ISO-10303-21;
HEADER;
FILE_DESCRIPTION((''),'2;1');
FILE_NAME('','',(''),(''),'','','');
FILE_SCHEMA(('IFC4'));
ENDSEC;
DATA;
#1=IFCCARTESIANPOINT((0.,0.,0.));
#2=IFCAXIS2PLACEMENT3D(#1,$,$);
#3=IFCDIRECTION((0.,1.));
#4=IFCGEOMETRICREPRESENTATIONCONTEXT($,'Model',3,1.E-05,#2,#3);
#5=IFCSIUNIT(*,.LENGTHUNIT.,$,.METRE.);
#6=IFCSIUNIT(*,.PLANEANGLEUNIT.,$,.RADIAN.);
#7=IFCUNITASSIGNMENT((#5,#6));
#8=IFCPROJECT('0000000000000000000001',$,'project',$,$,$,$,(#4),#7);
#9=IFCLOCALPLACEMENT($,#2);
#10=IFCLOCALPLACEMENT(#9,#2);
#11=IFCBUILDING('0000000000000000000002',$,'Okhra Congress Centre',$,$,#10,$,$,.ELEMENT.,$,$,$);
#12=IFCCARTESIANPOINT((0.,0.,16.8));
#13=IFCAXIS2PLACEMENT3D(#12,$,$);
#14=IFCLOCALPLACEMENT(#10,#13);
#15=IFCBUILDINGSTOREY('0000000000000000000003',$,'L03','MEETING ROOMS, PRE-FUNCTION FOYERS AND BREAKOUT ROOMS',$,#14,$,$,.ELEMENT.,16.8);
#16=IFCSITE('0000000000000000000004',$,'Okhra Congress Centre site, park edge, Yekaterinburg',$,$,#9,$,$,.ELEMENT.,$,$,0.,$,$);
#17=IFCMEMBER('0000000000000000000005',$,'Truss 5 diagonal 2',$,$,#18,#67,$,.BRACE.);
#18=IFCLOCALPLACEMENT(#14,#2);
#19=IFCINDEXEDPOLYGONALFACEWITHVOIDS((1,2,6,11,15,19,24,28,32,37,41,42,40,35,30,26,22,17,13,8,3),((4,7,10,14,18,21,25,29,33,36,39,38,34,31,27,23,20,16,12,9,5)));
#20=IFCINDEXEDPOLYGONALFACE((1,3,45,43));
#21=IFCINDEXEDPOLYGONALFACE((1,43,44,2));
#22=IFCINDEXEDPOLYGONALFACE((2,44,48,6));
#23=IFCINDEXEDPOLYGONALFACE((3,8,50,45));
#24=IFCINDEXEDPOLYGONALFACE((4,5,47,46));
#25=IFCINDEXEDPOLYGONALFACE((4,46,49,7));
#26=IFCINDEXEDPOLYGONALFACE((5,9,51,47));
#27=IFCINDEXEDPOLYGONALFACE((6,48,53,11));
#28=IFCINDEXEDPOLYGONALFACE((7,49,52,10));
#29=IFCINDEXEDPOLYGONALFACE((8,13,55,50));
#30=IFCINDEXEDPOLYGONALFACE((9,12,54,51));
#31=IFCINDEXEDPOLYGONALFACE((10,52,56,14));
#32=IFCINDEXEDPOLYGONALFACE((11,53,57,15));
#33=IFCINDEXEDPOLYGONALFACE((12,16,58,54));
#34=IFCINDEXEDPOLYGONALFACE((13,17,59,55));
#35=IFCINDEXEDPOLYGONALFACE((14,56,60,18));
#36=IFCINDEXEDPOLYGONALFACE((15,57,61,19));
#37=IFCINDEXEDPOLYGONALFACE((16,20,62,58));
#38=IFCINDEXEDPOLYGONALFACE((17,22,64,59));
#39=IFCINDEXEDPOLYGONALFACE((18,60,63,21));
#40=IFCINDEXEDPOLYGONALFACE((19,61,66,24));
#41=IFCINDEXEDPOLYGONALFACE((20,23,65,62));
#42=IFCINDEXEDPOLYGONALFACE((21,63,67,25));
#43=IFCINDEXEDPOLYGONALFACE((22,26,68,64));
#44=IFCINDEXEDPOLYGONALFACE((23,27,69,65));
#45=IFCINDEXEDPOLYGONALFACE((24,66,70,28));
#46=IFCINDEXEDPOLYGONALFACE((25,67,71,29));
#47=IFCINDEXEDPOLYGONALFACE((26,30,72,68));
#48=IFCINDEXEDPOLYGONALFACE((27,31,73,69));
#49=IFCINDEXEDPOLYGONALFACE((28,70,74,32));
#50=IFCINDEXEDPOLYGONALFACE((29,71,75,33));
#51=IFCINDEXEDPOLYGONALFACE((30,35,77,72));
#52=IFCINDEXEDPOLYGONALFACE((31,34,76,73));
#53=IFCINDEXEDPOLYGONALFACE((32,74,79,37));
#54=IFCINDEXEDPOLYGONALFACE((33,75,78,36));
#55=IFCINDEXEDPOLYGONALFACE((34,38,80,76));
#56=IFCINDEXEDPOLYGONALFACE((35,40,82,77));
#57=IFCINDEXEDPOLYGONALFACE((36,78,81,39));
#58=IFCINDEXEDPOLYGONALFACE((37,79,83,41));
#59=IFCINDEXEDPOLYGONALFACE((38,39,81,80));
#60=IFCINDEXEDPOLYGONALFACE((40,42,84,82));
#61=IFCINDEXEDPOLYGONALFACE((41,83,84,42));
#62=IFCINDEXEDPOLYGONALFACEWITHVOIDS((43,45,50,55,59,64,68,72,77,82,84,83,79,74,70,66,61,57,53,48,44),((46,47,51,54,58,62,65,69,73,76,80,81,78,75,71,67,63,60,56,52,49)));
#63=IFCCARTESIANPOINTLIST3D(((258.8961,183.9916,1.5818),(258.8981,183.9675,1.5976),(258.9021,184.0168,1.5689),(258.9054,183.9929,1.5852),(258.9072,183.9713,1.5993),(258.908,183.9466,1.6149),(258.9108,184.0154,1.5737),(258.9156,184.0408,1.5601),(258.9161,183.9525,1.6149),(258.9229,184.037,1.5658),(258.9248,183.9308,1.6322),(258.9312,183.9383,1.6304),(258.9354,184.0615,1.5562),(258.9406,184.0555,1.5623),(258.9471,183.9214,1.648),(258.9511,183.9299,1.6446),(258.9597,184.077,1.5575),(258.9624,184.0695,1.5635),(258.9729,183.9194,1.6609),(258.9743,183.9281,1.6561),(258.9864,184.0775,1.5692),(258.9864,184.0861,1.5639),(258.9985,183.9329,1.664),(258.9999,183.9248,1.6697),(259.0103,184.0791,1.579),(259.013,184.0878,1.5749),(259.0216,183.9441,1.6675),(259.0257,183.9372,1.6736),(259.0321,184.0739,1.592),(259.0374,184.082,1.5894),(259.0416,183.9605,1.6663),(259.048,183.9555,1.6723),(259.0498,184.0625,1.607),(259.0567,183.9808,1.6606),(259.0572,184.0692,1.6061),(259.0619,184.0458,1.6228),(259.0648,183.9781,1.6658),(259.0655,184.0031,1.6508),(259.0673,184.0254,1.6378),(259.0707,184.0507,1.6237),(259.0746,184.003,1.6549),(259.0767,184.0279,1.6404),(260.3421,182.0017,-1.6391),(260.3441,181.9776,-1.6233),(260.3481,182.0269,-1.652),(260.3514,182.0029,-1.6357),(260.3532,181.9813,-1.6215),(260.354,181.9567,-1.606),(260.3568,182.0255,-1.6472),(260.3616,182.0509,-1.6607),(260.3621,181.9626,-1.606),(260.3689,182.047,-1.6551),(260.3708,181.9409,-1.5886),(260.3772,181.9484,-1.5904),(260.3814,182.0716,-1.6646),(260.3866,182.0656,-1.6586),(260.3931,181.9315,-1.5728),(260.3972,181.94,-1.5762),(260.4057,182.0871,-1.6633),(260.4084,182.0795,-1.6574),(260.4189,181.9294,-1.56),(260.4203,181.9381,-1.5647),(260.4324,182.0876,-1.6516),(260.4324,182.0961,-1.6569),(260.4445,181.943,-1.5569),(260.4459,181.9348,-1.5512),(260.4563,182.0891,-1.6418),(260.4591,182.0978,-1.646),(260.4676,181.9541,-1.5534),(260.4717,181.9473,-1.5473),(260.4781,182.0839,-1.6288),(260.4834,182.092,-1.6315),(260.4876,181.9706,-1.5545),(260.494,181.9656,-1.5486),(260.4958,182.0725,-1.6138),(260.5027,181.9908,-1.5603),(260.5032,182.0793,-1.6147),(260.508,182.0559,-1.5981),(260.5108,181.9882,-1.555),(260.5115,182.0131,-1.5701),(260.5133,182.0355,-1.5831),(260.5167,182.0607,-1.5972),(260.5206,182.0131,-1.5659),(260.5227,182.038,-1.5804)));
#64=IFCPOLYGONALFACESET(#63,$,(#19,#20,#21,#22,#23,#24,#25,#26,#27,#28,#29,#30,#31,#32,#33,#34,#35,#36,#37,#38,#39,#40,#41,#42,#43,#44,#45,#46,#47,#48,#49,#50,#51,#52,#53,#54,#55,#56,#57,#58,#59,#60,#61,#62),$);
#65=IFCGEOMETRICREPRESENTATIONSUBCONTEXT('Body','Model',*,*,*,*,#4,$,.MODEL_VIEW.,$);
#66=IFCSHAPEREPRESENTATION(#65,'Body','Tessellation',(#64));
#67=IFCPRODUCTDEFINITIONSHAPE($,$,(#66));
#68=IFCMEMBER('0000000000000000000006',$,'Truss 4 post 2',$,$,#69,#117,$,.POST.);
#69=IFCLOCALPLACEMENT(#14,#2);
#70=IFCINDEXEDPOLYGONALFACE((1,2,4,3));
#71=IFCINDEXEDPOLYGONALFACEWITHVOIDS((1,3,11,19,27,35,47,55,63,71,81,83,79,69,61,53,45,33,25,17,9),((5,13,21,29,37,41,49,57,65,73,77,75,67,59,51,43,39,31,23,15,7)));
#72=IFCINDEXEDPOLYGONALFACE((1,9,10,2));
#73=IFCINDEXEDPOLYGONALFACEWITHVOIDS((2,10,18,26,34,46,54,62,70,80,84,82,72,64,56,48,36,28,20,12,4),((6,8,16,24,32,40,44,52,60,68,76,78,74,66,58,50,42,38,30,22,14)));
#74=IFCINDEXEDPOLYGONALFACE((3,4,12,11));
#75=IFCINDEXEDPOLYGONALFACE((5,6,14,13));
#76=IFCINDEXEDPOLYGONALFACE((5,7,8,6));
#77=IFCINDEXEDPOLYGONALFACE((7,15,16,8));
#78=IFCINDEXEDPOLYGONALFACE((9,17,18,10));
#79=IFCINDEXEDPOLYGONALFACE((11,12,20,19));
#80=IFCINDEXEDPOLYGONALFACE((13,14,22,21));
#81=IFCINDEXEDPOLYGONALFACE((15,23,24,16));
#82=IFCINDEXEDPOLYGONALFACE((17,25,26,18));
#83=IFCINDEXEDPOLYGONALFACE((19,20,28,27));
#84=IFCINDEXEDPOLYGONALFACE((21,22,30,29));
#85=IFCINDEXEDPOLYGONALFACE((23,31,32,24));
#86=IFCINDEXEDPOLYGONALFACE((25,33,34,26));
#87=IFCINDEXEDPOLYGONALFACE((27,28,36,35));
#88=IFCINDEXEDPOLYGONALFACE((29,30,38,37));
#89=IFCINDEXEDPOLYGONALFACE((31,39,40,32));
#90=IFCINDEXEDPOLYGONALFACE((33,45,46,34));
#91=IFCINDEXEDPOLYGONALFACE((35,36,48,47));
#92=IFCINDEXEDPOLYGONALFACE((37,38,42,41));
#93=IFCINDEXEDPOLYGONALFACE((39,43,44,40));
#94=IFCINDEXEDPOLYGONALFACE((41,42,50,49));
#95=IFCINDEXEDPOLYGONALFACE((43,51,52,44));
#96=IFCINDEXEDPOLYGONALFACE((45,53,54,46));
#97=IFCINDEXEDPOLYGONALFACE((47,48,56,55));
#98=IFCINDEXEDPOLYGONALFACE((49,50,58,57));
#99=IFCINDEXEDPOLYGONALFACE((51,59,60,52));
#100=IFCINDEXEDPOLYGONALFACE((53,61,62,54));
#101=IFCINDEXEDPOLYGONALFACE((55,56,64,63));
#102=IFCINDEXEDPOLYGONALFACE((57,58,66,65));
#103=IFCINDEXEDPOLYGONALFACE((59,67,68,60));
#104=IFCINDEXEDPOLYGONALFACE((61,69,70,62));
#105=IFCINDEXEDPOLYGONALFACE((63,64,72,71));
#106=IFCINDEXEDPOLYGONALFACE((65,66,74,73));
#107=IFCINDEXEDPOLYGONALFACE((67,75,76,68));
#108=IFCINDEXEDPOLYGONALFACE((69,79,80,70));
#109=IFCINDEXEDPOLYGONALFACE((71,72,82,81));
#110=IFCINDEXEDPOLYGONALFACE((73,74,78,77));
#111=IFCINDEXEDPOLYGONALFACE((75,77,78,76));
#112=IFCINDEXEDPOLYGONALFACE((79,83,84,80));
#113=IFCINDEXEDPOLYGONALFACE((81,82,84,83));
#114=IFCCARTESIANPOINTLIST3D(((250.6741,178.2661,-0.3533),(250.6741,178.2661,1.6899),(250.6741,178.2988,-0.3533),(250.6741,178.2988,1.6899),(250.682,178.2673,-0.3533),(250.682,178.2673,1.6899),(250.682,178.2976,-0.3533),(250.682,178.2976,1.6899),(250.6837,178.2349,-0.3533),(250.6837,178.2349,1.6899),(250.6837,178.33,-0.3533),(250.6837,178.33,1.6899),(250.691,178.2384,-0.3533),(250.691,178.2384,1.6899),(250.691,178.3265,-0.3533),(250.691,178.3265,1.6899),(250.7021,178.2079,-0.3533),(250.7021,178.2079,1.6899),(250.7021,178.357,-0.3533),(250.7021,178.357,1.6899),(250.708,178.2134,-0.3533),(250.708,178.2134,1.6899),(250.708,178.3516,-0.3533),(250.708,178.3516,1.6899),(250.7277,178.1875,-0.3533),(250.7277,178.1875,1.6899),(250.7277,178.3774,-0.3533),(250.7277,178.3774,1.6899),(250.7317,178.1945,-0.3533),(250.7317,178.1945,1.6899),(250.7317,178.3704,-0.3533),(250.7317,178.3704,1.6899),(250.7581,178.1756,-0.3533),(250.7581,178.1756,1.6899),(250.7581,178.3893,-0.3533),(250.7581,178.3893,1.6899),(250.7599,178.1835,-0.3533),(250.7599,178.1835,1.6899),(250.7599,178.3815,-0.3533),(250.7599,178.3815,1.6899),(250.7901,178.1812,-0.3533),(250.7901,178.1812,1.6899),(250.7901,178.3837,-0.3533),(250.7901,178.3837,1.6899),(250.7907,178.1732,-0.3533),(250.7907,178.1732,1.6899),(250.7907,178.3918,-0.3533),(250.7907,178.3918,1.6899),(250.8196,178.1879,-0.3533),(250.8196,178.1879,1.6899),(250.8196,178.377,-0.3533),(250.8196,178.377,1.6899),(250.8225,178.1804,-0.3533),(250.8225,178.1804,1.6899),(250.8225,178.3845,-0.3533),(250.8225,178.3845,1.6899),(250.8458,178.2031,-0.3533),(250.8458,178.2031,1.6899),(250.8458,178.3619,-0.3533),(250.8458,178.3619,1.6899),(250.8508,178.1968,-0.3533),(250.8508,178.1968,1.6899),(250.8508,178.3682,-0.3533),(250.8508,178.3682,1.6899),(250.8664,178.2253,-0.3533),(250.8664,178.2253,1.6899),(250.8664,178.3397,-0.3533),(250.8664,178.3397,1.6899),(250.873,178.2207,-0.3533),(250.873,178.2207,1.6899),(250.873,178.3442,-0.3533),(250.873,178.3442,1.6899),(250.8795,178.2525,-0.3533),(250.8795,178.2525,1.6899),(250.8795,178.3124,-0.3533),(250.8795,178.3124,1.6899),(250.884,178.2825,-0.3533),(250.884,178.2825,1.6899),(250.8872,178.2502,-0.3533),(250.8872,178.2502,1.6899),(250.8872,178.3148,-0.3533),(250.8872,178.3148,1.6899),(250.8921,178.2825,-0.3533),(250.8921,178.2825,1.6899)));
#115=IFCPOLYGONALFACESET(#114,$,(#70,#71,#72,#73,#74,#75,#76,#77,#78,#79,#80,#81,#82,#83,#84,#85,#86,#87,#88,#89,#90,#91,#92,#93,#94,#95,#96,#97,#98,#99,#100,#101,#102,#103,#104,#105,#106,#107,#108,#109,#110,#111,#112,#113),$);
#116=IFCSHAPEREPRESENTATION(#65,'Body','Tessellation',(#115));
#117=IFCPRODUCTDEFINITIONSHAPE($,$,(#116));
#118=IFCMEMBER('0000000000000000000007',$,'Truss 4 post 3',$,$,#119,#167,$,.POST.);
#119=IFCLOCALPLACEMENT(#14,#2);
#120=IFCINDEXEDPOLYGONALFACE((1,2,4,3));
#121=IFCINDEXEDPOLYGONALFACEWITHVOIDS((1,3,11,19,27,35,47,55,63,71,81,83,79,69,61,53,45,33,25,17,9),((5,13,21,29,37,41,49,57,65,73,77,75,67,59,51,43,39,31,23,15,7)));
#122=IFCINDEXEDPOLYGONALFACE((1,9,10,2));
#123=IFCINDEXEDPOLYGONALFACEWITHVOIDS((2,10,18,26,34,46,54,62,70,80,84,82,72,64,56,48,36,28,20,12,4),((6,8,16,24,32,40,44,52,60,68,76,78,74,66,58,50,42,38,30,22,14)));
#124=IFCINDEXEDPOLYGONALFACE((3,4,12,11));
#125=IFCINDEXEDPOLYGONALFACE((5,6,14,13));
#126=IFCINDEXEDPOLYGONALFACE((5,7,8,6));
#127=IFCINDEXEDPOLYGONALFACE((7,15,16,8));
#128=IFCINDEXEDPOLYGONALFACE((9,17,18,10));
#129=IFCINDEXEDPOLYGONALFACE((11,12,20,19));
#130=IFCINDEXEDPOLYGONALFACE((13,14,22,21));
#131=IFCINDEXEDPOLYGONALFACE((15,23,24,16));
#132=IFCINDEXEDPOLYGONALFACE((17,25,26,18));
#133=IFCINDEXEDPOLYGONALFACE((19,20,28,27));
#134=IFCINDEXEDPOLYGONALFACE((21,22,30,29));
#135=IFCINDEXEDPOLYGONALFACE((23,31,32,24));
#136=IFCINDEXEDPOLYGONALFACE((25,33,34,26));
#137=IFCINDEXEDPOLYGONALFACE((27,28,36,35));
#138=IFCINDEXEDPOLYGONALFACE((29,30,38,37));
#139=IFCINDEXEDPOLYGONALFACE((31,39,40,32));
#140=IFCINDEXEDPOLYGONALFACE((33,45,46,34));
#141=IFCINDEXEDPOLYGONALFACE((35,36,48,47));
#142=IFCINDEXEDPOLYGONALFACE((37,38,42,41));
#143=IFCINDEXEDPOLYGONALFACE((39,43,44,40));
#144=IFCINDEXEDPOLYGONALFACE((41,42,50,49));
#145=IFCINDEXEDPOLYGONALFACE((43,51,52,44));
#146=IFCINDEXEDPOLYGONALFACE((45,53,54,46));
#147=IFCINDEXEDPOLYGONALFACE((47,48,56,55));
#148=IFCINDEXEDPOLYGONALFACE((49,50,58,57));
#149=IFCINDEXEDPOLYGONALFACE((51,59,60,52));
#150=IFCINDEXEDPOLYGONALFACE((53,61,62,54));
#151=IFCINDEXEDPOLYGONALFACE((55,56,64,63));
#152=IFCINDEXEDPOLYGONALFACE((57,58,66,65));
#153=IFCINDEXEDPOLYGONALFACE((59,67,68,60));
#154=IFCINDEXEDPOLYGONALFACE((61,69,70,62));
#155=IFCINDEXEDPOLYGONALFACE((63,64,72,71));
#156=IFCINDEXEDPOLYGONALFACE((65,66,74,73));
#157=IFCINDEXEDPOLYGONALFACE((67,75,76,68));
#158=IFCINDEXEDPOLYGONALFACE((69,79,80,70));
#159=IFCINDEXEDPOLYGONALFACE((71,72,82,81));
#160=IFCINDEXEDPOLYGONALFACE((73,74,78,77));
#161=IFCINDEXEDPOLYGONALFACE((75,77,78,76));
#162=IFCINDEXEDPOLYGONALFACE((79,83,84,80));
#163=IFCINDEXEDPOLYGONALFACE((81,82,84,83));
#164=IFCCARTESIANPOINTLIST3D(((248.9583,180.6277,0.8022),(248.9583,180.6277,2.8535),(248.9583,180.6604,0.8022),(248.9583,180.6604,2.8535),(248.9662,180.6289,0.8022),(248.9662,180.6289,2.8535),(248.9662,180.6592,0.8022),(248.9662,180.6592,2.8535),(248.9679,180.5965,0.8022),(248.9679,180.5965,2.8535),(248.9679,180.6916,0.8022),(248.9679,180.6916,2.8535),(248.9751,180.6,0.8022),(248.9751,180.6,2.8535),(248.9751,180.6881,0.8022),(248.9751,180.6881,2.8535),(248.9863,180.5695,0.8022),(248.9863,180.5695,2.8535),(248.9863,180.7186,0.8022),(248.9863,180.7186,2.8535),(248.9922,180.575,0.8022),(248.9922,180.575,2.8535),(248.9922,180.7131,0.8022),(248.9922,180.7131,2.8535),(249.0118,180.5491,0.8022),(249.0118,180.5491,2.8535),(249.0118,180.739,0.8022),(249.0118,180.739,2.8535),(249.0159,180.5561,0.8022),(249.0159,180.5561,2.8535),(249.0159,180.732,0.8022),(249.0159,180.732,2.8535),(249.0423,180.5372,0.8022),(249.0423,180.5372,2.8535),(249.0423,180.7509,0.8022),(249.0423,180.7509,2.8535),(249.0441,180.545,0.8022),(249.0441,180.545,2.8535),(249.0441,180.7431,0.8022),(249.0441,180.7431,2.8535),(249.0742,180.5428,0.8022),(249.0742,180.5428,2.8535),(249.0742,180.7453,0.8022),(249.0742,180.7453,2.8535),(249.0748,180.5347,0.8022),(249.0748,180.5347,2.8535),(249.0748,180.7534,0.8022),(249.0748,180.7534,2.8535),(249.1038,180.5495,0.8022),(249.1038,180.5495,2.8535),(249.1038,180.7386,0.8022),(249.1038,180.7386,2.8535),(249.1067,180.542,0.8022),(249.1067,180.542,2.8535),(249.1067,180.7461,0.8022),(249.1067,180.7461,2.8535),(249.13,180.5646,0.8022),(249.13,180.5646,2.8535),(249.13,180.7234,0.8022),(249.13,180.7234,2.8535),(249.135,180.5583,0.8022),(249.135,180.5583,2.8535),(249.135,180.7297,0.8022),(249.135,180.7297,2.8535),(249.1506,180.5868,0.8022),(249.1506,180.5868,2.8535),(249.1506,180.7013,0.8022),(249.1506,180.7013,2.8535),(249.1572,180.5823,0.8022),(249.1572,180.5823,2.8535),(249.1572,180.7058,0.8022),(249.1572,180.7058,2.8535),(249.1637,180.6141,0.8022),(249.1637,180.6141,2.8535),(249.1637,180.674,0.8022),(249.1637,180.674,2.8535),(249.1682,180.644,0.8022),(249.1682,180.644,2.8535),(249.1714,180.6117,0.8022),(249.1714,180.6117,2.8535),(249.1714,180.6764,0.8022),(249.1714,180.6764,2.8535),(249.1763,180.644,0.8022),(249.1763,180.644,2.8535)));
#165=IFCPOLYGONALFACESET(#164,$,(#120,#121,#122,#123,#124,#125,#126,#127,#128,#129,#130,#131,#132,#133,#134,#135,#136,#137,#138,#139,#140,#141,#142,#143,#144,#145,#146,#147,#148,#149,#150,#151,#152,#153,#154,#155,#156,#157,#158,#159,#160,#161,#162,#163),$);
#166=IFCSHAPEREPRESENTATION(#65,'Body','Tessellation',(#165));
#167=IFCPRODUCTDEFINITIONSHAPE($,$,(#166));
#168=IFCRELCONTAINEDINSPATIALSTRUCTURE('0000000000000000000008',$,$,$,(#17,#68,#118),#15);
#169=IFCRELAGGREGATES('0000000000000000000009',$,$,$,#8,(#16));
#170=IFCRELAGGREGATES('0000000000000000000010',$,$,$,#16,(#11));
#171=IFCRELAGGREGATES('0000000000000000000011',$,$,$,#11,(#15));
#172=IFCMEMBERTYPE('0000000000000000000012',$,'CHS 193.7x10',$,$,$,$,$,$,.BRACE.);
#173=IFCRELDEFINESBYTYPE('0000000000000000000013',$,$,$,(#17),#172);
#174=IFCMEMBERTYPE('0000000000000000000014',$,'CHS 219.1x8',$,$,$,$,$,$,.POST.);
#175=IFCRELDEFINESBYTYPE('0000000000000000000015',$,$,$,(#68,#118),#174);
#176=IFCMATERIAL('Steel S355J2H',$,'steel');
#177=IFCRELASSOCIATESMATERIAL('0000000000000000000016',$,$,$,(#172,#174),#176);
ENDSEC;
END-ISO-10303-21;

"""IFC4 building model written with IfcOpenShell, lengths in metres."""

from ifc_helpers import new_model, si_unit, direction, frame, origin, origin_2d, place, context, subcontext, project, spatial, hollow_circle, extrude, material, material_profile, profile_set, type_object, element, save


model = new_model("IFC4")

# Units and contexts
model_context = context("Model", 3, precision=1e-05, world=origin(), true_north=direction((0.0, 1.0)))
body_context = subcontext(model_context, "Body", "Model", "MODEL_VIEW")
ifc_project = project(units=[si_unit("LENGTHUNIT", "METRE"), si_unit("PLANEANGLEUNIT", "RADIAN")], contexts=[model_context])

# Site, building, storey
site_placement = place(None, origin())
site = spatial("IfcSite", under=ifc_project, at=site_placement, Name="Okhra Congress Centre site, park edge, Yekaterinburg", CompositionType="ELEMENT", RefElevation=0.0)
building_placement = place(site_placement, origin())
building = spatial("IfcBuilding", under=site, at=building_placement, Name="Okhra Congress Centre", CompositionType="ELEMENT")
storey_placement = place(building_placement, frame((0.0, 0.0, 16.8)))
storey = spatial("IfcBuildingStorey", under=building, at=storey_placement, Name="L03", Description="MEETING ROOMS, PRE-FUNCTION FOYERS AND BREAKOUT ROOMS", CompositionType="ELEMENT", Elevation=16.8)

# Members
ifc_material_1 = material(Name="Steel S355J2H", Category="steel")
ifc_material_profile_1 = material_profile(ifc_material_1, hollow_circle(Radius=0.0969, WallThickness=0.01, at=origin_2d()), Name="CHS 193.7x10")
ifc_profile_set_1 = profile_set([ifc_material_profile_1], Name="Steel S355J2H")
member_type_1 = type_object("IfcMemberType", Name="CHS 193.7x10", PredefinedType="BRACE", material=ifc_profile_set_1)
member_1_placement = place(storey_placement, frame((260.4324, 182.0137, -1.606), z_axis=(-0.356797, 0.49101, 0.794736), x_axis=(-0.808972, -0.587847, 0.0)))
element("IfcMember", 1, at=member_1_placement, inside=storey, type_object=member_type_1, Name="Truss 5 diagonal 2", PredefinedType="BRACE", context=body_context, shape_type="SweptSolid", body=[
    extrude(hollow_circle(Radius=0.0969, WallThickness=0.01, at=origin_2d()), origin(), (0.0, 0.0, 1.0), 4.0527),
])
ifc_material_profile_2 = material_profile(ifc_material_1, hollow_circle(Radius=0.1096, WallThickness=0.0081, at=origin_2d()), Name="CHS 219.1x8")
ifc_profile_set_2 = profile_set([ifc_material_profile_2], Name="Steel S355J2H")
member_type_2 = type_object("IfcMemberType", Name="CHS 219.1x8", PredefinedType="POST", material=ifc_profile_set_2)
member_2_placement = place(storey_placement, frame((250.7825, 178.2825, -0.3533), z_axis=(0.0, 0.0, 1.0), x_axis=(1.0, 0.0, 0.0)))
element("IfcMember", 2, at=member_2_placement, inside=storey, type_object=member_type_2, Name="Truss 4 post 2", PredefinedType="POST", context=body_context, shape_type="SweptSolid", body=[
    extrude(hollow_circle(Radius=0.1096, WallThickness=0.0081, at=origin_2d()), origin(), (0.0, 0.0, 1.0), 2.0432),
])
member_3_placement = place(storey_placement, frame((249.0667, 180.644, 0.8022), z_axis=(0.0, 0.0, 1.0), x_axis=(1.0, 0.0, 0.0)))
element("IfcMember", 3, at=member_3_placement, inside=storey, type_object=member_type_2, Name="Truss 4 post 3", PredefinedType="POST", context=body_context, shape_type="SweptSolid", body=[
    extrude(hollow_circle(Radius=0.1096, WallThickness=0.0081, at=origin_2d()), origin(), (0.0, 0.0, 1.0), 2.0513),
])

save(model, "model.ifc")
